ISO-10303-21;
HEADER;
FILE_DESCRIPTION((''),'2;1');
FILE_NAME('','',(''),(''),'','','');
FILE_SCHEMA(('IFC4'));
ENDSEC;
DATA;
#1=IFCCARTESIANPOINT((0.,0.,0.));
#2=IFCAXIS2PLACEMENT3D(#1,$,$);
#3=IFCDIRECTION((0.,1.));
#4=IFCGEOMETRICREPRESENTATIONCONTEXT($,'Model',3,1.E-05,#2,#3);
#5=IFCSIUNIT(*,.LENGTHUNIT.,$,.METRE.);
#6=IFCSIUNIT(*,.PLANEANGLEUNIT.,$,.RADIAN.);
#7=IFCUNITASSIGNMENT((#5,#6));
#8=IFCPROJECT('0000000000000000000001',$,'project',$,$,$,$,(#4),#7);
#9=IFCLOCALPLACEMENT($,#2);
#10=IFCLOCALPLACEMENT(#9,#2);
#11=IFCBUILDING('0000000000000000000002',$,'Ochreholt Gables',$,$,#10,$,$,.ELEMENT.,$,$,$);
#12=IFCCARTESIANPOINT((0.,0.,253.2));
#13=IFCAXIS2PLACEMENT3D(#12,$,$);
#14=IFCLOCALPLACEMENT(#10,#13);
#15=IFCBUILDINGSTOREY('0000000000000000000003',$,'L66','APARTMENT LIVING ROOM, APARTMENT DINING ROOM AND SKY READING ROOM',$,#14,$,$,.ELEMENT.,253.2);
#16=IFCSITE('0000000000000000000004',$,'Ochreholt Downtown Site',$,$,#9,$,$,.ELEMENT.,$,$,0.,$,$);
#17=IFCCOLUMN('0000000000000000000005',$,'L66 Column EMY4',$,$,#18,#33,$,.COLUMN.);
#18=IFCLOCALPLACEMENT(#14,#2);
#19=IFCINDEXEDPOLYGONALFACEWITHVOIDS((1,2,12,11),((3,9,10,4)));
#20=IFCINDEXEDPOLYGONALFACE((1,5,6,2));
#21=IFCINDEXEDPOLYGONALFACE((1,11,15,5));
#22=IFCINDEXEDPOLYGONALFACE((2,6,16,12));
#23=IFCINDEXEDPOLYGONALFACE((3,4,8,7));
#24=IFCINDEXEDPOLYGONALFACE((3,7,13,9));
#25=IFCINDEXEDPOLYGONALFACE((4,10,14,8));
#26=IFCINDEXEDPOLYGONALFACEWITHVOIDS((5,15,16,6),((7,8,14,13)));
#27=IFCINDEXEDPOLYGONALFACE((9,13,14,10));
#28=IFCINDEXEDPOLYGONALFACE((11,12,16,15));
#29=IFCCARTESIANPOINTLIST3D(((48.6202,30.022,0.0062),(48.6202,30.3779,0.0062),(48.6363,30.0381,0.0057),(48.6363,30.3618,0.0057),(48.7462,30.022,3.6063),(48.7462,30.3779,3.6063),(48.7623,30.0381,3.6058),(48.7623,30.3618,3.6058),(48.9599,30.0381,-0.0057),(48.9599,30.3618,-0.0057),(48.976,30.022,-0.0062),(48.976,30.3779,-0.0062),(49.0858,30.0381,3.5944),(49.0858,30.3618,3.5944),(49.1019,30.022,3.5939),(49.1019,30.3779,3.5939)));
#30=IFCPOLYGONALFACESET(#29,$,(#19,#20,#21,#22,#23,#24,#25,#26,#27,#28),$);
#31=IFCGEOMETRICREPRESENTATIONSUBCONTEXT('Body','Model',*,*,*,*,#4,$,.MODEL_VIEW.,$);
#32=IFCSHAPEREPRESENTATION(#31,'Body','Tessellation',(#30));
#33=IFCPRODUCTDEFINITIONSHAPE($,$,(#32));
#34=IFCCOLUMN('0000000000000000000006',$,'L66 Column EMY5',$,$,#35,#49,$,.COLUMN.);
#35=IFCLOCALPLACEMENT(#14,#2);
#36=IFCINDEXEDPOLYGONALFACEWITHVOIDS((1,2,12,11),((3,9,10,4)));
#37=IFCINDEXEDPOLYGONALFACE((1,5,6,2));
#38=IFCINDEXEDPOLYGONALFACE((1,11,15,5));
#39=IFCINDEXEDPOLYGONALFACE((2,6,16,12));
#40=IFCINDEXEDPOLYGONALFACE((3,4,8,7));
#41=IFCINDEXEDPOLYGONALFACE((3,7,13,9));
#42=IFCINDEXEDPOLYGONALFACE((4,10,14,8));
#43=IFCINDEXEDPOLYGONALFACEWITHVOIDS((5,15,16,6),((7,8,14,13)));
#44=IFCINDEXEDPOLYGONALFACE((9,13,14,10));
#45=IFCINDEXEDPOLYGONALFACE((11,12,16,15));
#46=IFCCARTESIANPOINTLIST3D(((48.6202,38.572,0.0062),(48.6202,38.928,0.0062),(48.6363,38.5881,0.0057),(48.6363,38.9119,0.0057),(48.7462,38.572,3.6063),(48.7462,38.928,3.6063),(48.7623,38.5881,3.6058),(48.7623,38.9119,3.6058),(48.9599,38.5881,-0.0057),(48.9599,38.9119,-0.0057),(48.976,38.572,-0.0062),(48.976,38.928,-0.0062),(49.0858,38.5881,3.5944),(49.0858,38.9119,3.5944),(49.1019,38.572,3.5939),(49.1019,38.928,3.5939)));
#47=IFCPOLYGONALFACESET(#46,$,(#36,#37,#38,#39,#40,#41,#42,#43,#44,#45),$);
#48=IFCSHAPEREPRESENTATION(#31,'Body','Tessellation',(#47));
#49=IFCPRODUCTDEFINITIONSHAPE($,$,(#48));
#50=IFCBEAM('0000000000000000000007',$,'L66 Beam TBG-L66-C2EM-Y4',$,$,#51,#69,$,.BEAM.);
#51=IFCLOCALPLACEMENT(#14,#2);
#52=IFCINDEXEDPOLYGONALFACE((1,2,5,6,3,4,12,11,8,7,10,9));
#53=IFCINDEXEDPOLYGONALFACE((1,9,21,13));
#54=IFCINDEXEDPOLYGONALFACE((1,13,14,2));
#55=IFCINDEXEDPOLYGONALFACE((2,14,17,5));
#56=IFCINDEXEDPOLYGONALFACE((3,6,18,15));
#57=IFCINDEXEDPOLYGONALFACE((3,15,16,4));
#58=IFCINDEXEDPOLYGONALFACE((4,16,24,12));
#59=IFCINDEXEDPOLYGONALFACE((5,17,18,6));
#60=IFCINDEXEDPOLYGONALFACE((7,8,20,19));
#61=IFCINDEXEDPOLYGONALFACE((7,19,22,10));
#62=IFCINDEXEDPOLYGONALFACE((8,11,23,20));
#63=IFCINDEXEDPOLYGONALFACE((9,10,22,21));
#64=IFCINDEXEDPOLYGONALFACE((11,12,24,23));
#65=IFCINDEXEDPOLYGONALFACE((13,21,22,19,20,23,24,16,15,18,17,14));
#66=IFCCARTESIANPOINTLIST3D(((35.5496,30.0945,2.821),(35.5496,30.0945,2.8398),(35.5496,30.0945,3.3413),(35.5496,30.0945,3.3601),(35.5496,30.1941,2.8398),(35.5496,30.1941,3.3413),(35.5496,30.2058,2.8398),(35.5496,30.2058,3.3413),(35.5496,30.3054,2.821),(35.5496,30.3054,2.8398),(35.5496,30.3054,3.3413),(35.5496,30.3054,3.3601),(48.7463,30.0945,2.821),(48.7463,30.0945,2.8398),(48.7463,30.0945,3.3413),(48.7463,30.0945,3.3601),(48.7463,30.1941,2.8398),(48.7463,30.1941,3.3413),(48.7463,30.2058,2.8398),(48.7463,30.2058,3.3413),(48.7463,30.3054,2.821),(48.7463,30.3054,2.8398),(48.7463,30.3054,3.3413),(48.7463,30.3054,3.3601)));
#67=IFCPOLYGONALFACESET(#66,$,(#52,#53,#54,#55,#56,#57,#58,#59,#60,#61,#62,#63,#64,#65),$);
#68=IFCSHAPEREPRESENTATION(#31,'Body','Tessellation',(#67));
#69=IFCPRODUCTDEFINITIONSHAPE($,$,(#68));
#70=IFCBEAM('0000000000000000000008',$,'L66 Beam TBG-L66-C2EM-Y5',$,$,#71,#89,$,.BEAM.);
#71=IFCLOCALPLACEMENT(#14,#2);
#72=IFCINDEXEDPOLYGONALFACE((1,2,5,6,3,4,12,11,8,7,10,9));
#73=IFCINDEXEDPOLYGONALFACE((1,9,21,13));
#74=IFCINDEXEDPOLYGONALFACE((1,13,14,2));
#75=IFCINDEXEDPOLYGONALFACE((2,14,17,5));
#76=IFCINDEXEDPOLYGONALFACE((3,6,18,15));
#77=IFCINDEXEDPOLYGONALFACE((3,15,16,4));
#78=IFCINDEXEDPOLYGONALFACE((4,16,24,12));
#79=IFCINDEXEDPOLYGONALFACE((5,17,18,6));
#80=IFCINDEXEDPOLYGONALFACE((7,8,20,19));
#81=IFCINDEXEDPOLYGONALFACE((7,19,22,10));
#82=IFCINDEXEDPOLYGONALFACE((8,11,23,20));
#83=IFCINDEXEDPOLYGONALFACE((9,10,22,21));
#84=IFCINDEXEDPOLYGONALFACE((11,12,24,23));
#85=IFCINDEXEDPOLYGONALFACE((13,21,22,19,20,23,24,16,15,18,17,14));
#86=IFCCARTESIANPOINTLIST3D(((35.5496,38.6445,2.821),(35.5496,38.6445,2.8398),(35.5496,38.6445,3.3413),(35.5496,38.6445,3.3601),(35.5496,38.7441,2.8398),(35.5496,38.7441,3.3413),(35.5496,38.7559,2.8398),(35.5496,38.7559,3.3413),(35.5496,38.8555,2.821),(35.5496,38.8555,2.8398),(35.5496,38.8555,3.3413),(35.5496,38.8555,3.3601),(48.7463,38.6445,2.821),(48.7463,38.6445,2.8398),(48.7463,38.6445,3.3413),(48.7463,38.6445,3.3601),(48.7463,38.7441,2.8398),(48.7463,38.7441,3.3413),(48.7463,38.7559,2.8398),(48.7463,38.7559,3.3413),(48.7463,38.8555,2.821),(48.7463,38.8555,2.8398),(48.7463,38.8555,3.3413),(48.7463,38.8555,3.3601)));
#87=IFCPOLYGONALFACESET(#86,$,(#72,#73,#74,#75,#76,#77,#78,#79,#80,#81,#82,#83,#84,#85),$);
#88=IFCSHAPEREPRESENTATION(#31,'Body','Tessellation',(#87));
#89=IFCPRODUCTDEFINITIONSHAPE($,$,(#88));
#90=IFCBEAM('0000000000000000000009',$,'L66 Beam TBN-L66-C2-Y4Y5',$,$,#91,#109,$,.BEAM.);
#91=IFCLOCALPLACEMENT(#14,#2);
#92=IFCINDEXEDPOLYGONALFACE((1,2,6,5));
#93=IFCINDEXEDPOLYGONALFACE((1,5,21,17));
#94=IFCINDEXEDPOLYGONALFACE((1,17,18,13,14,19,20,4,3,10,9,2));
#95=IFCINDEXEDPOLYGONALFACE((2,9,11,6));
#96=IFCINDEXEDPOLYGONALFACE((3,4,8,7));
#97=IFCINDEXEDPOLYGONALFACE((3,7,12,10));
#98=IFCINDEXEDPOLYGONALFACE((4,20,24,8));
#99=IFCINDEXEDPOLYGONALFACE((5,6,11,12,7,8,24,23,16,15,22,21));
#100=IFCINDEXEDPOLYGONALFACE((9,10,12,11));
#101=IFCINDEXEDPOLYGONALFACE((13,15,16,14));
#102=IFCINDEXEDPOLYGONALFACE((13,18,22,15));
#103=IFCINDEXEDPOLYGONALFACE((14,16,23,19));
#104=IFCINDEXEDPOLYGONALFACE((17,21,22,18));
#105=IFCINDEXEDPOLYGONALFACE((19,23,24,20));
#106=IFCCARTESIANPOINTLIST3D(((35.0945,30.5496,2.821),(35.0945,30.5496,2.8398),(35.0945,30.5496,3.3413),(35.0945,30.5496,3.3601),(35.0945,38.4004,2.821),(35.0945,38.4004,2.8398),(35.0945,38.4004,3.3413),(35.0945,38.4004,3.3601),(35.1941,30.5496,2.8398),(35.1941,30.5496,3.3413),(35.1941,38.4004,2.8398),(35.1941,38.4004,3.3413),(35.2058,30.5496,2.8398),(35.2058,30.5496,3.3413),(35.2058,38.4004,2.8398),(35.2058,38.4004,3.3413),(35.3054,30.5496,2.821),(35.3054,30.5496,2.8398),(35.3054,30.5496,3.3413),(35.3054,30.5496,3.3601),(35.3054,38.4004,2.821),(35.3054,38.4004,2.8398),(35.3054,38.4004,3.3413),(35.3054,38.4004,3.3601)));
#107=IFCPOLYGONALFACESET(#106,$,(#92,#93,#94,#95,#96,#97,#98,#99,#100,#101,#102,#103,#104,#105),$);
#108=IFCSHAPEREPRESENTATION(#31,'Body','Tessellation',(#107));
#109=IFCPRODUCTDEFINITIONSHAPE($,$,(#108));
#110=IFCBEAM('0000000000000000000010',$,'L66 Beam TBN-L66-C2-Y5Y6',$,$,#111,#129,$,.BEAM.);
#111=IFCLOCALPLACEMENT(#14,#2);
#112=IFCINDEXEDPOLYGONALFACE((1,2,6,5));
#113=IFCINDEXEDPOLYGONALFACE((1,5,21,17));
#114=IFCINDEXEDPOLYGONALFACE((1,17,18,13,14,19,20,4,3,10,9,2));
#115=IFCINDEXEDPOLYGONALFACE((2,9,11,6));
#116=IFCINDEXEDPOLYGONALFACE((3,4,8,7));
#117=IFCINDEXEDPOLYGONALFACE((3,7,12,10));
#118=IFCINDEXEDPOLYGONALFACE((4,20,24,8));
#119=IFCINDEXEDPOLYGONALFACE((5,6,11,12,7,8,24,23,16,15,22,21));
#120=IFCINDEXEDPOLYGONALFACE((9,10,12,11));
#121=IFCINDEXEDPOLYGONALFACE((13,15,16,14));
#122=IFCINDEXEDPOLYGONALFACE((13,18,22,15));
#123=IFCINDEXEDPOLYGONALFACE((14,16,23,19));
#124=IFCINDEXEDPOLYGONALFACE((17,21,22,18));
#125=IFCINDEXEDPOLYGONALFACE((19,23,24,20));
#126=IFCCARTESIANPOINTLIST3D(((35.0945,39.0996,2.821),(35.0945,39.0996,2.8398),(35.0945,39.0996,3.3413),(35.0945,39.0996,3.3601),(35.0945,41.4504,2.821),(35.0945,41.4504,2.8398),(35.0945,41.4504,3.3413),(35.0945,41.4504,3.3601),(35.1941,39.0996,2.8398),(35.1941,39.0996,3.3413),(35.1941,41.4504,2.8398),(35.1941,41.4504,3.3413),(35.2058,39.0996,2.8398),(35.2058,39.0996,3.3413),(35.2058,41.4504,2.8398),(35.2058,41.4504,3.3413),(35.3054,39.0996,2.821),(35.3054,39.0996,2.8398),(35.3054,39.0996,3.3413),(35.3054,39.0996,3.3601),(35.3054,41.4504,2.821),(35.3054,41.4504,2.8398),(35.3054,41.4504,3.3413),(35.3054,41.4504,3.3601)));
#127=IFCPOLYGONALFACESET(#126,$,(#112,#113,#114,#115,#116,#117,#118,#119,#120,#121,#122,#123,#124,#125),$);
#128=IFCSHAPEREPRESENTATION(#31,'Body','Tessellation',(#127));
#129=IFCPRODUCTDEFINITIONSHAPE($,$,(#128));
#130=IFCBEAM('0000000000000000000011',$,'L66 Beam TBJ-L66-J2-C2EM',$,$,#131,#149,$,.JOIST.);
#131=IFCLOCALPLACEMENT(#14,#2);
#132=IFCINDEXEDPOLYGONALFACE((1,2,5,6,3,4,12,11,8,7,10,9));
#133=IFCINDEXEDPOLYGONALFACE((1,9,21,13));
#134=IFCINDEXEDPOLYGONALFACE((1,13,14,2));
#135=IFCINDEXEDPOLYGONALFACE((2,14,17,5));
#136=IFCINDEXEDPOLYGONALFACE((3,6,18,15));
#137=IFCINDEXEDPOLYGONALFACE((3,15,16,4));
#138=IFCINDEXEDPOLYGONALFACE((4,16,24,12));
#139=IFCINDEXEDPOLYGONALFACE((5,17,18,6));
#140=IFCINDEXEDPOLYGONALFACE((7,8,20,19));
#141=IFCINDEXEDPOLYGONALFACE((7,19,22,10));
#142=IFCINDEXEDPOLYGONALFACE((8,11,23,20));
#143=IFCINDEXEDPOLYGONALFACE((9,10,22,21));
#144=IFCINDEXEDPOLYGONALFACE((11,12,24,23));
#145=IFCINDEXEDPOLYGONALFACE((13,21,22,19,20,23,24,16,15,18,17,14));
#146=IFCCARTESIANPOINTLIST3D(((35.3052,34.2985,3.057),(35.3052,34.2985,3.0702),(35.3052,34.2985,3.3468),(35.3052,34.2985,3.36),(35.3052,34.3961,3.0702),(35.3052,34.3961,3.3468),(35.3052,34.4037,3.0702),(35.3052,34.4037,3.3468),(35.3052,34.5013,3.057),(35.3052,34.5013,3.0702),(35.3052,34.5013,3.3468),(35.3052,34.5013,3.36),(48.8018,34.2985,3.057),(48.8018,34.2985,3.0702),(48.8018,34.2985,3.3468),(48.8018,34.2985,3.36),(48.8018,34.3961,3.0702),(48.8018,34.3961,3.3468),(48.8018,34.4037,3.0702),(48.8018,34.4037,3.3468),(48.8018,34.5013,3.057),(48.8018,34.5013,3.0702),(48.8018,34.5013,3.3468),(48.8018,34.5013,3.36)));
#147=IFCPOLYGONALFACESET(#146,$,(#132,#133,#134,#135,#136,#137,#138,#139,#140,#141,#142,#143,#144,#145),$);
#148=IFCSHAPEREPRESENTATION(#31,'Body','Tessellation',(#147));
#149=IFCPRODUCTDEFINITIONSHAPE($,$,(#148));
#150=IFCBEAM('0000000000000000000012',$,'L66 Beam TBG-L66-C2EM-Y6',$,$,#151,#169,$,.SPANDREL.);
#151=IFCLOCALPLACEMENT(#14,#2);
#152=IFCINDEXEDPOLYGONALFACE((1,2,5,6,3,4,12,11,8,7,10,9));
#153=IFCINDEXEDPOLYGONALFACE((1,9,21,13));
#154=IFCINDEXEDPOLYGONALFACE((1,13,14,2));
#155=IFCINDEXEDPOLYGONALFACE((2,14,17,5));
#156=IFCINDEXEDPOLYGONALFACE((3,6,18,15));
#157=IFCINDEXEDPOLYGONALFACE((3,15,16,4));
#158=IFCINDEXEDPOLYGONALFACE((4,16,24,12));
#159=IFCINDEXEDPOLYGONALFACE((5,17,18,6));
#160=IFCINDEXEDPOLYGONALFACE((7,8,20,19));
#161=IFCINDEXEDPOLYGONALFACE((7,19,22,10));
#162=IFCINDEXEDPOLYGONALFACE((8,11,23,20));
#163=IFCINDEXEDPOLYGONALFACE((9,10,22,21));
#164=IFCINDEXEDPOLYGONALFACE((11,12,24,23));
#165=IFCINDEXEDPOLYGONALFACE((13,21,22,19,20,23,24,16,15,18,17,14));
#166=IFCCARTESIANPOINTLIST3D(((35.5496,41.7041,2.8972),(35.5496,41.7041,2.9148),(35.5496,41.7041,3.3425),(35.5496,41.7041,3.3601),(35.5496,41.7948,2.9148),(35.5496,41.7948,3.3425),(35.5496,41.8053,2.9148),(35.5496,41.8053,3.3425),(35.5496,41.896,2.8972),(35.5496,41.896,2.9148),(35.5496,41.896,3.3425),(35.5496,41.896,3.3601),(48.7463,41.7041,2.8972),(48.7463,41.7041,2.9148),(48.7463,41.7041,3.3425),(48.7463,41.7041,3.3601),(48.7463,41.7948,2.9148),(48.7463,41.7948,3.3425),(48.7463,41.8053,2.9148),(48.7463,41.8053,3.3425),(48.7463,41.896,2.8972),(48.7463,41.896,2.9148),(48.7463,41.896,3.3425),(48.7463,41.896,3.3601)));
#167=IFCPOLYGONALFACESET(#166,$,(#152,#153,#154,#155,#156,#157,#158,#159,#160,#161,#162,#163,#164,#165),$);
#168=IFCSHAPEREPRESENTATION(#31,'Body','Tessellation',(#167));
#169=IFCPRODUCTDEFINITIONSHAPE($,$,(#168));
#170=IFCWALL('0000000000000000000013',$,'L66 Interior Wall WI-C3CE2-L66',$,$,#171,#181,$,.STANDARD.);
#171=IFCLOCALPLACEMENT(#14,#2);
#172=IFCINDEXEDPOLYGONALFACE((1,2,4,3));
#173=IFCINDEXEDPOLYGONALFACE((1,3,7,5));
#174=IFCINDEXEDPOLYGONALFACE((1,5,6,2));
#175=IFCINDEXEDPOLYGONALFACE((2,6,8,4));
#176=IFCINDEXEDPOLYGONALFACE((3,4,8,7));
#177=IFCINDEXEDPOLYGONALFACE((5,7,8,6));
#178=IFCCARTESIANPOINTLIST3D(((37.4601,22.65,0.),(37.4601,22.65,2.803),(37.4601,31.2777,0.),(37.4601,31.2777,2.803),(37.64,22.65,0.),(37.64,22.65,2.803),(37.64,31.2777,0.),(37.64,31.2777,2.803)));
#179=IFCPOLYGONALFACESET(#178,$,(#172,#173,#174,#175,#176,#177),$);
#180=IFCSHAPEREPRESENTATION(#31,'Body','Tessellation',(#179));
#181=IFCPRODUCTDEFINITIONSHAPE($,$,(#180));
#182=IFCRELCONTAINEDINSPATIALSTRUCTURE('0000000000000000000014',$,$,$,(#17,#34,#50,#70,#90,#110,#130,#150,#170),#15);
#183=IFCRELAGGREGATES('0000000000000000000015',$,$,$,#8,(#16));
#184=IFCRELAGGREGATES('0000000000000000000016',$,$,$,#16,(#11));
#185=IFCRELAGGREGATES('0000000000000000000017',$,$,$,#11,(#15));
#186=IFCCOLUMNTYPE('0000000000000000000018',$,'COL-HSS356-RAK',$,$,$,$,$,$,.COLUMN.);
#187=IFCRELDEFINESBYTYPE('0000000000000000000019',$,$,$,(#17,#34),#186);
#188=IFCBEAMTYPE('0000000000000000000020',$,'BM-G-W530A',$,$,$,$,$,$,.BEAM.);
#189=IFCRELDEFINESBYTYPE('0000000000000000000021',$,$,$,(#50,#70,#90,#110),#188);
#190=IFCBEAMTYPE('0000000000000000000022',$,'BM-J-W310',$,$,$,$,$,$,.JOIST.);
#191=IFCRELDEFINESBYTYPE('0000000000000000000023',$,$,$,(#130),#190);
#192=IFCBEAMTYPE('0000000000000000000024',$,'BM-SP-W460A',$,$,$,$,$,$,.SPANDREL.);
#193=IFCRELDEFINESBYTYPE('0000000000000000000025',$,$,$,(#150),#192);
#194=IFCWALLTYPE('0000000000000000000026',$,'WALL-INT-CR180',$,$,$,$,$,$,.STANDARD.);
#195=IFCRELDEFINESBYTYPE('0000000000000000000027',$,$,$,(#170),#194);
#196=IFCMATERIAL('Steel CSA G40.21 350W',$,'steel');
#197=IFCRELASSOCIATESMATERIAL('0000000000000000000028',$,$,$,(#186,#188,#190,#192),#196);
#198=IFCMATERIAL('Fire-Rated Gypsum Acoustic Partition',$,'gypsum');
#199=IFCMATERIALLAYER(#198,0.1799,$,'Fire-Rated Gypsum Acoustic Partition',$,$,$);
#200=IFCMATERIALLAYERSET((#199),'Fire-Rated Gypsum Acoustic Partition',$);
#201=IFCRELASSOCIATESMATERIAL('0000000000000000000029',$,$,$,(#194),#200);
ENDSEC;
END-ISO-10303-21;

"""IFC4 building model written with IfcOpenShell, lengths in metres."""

from ifc_helpers import new_model, si_unit, direction, frame, frame_2d, origin, origin_2d, place, context, subcontext, project, spatial, rectangle, hollow_rectangle, i_section, extrude, material, layer, layer_set, material_profile, profile_set, type_object, element, save


model = new_model("IFC4")

# Units and contexts
model_context = context("Model", 3, precision=1e-05, world=origin(), true_north=direction((0.0, 1.0)))
body_context = subcontext(model_context, "Body", "Model", "MODEL_VIEW")
ifc_project = project(units=[si_unit("LENGTHUNIT", "METRE"), si_unit("PLANEANGLEUNIT", "RADIAN")], contexts=[model_context])

# Site, building, storey
site_placement = place(None, origin())
site = spatial("IfcSite", under=ifc_project, at=site_placement, Name="Ochreholt Downtown Site", CompositionType="ELEMENT", RefElevation=0.0)
building_placement = place(site_placement, origin())
building = spatial("IfcBuilding", under=site, at=building_placement, Name="Ochreholt Gables", CompositionType="ELEMENT")
storey_placement = place(building_placement, frame((0.0, 0.0, 253.2)))
storey = spatial("IfcBuildingStorey", under=building, at=storey_placement, Name="L66", Description="APARTMENT LIVING ROOM, APARTMENT DINING ROOM AND SKY READING ROOM", CompositionType="ELEMENT", Elevation=253.2)

# Columns
ifc_material_1 = material(Name="Steel CSA G40.21 350W", Category="steel")
ifc_material_profile_1 = material_profile(ifc_material_1, hollow_rectangle(XDim=0.356, YDim=0.356, WallThickness=0.0161, at=origin_2d()), Name="HSS356X356X16")
ifc_profile_set_1 = profile_set([ifc_material_profile_1], Name="Steel CSA G40.21 350W")
column_type = type_object("IfcColumnType", Name="COL-HSS356-RAK", PredefinedType="COLUMN", material=ifc_profile_set_1)
for number, where, z_axis, x_axis, name in (
    (1, (48.7981, 30.2, 0.0), (0.034971, 0.0, 0.999388), (0.0, 1.0, 0.0), "L66 Column EMY4"),
    (2, (48.7981, 38.75, 0.0), (0.034971, 0.0, 0.999388), (0.0, 1.0, 0.0), "L66 Column EMY5"),
):
    element("IfcColumn", number, at=place(storey_placement, frame(where, z_axis=z_axis, x_axis=x_axis)), inside=storey, type_object=column_type, Name=name, PredefinedType="COLUMN", context=body_context, shape_type="SweptSolid", body=[
        extrude(hollow_rectangle(XDim=0.356, YDim=0.356, WallThickness=0.0161, at=origin_2d()), origin(), (0.0, 0.0, 1.0), 3.6023),
    ])

# Beams
ifc_material_profile_2 = material_profile(ifc_material_1, i_section(OverallWidth=0.2109, OverallDepth=0.5391, WebThickness=0.0117, FlangeThickness=0.0188, at=origin_2d()), Name="W530X109")
ifc_profile_set_2 = profile_set([ifc_material_profile_2], Name="Steel CSA G40.21 350W")
beam_type_1 = type_object("IfcBeamType", Name="BM-G-W530A", PredefinedType="BEAM", material=ifc_profile_set_2)
for number, where, z_axis, x_axis, name in (
    (3, (35.5496, 30.2, 3.0906), (1.0, 0.0, 0.0), (0.0, 1.0, 0.0), "L66 Beam TBG-L66-C2EM-Y4"),
    (4, (35.5496, 38.75, 3.0906), (1.0, 0.0, 0.0), (0.0, 1.0, 0.0), "L66 Beam TBG-L66-C2EM-Y5"),
):
    element("IfcBeam", number, at=place(storey_placement, frame(where, z_axis=z_axis, x_axis=x_axis)), inside=storey, type_object=beam_type_1, Name=name, PredefinedType="BEAM", context=body_context, shape_type="SweptSolid", body=[
        extrude(i_section(OverallWidth=0.2109, OverallDepth=0.5391, WebThickness=0.0117, FlangeThickness=0.0188, at=origin_2d()), origin(), (0.0, 0.0, 1.0), 13.1968),
    ])
beam_1_placement = place(storey_placement, frame((35.2, 30.5496, 3.0906), z_axis=(0.0, 1.0, 0.0), x_axis=(-1.0, 0.0, 0.0)))
element("IfcBeam", 5, at=beam_1_placement, inside=storey, type_object=beam_type_1, Name="L66 Beam TBN-L66-C2-Y4Y5", PredefinedType="BEAM", context=body_context, shape_type="SweptSolid", body=[
    extrude(i_section(OverallWidth=0.2109, OverallDepth=0.5391, WebThickness=0.0117, FlangeThickness=0.0188, at=origin_2d()), origin(), (0.0, 0.0, 1.0), 7.8508),
])
beam_2_placement = place(storey_placement, frame((35.2, 39.0996, 3.0906), z_axis=(0.0, 1.0, 0.0), x_axis=(-1.0, 0.0, 0.0)))
element("IfcBeam", 6, at=beam_2_placement, inside=storey, type_object=beam_type_1, Name="L66 Beam TBN-L66-C2-Y5Y6", PredefinedType="BEAM", context=body_context, shape_type="SweptSolid", body=[
    extrude(i_section(OverallWidth=0.2109, OverallDepth=0.5391, WebThickness=0.0117, FlangeThickness=0.0188, at=origin_2d()), origin(), (0.0, 0.0, 1.0), 2.3508),
])
ifc_material_profile_3 = material_profile(ifc_material_1, i_section(OverallWidth=0.2029, OverallDepth=0.303, WebThickness=0.0076, FlangeThickness=0.0132, at=origin_2d()), Name="W310X60")
ifc_profile_set_3 = profile_set([ifc_material_profile_3], Name="Steel CSA G40.21 350W")
beam_type_2 = type_object("IfcBeamType", Name="BM-J-W310", PredefinedType="JOIST", material=ifc_profile_set_3)
beam_3_placement = place(storey_placement, frame((35.3052, 34.3999, 3.2085), z_axis=(1.0, 0.0, 0.0), x_axis=(0.0, 1.0, 0.0)))
element("IfcBeam", 7, at=beam_3_placement, inside=storey, type_object=beam_type_2, Name="L66 Beam TBJ-L66-J2-C2EM", PredefinedType="JOIST", context=body_context, shape_type="SweptSolid", body=[
    extrude(i_section(OverallWidth=0.2029, OverallDepth=0.303, WebThickness=0.0076, FlangeThickness=0.0132, at=origin_2d()), origin(), (0.0, 0.0, 1.0), 13.4966),
])
ifc_material_profile_4 = material_profile(ifc_material_1, i_section(OverallWidth=0.1919, OverallDepth=0.4629, WebThickness=0.0105, FlangeThickness=0.0176, at=origin_2d()), Name="W460X89")
ifc_profile_set_4 = profile_set([ifc_material_profile_4], Name="Steel CSA G40.21 350W")
beam_type_3 = type_object("IfcBeamType", Name="BM-SP-W460A", PredefinedType="SPANDREL", material=ifc_profile_set_4)
beam_4_placement = place(storey_placement, frame((35.5496, 41.8, 3.1287), z_axis=(1.0, 0.0, 0.0), x_axis=(0.0, 1.0, 0.0)))
element("IfcBeam", 8, at=beam_4_placement, inside=storey, type_object=beam_type_3, Name="L66 Beam TBG-L66-C2EM-Y6", PredefinedType="SPANDREL", context=body_context, shape_type="SweptSolid", body=[
    extrude(i_section(OverallWidth=0.1919, OverallDepth=0.4629, WebThickness=0.0105, FlangeThickness=0.0176, at=origin_2d()), origin(), (0.0, 0.0, 1.0), 13.1968),
])

# Wall
ifc_material_2 = material(Name="Fire-Rated Gypsum Acoustic Partition", Category="gypsum")
ifc_layer_1 = layer(ifc_material_2, 0.1799, Name="Fire-Rated Gypsum Acoustic Partition")
ifc_layer_set_1 = layer_set([ifc_layer_1], Name="Fire-Rated Gypsum Acoustic Partition")
wall_type_1 = type_object("IfcWallType", Name="WALL-INT-CR180", PredefinedType="STANDARD", material=ifc_layer_set_1)
wall_1_placement = place(storey_placement, frame((37.55, 22.6499, 0.0), z_axis=(0.0, 0.0, 1.0), x_axis=(0.0, 1.0, 0.0)))
element("IfcWall", 9, at=wall_1_placement, inside=storey, type_object=wall_type_1, Name="L66 Interior Wall WI-C3CE2-L66", PredefinedType="STANDARD", context=body_context, shape_type="SweptSolid", body=[
    extrude(rectangle(XDim=8.6277, YDim=0.1799, at=frame_2d((4.314, 0.0))), origin(), (0.0, 0.0, 1.0), 2.803),
])

save(model, "model.ifc")
